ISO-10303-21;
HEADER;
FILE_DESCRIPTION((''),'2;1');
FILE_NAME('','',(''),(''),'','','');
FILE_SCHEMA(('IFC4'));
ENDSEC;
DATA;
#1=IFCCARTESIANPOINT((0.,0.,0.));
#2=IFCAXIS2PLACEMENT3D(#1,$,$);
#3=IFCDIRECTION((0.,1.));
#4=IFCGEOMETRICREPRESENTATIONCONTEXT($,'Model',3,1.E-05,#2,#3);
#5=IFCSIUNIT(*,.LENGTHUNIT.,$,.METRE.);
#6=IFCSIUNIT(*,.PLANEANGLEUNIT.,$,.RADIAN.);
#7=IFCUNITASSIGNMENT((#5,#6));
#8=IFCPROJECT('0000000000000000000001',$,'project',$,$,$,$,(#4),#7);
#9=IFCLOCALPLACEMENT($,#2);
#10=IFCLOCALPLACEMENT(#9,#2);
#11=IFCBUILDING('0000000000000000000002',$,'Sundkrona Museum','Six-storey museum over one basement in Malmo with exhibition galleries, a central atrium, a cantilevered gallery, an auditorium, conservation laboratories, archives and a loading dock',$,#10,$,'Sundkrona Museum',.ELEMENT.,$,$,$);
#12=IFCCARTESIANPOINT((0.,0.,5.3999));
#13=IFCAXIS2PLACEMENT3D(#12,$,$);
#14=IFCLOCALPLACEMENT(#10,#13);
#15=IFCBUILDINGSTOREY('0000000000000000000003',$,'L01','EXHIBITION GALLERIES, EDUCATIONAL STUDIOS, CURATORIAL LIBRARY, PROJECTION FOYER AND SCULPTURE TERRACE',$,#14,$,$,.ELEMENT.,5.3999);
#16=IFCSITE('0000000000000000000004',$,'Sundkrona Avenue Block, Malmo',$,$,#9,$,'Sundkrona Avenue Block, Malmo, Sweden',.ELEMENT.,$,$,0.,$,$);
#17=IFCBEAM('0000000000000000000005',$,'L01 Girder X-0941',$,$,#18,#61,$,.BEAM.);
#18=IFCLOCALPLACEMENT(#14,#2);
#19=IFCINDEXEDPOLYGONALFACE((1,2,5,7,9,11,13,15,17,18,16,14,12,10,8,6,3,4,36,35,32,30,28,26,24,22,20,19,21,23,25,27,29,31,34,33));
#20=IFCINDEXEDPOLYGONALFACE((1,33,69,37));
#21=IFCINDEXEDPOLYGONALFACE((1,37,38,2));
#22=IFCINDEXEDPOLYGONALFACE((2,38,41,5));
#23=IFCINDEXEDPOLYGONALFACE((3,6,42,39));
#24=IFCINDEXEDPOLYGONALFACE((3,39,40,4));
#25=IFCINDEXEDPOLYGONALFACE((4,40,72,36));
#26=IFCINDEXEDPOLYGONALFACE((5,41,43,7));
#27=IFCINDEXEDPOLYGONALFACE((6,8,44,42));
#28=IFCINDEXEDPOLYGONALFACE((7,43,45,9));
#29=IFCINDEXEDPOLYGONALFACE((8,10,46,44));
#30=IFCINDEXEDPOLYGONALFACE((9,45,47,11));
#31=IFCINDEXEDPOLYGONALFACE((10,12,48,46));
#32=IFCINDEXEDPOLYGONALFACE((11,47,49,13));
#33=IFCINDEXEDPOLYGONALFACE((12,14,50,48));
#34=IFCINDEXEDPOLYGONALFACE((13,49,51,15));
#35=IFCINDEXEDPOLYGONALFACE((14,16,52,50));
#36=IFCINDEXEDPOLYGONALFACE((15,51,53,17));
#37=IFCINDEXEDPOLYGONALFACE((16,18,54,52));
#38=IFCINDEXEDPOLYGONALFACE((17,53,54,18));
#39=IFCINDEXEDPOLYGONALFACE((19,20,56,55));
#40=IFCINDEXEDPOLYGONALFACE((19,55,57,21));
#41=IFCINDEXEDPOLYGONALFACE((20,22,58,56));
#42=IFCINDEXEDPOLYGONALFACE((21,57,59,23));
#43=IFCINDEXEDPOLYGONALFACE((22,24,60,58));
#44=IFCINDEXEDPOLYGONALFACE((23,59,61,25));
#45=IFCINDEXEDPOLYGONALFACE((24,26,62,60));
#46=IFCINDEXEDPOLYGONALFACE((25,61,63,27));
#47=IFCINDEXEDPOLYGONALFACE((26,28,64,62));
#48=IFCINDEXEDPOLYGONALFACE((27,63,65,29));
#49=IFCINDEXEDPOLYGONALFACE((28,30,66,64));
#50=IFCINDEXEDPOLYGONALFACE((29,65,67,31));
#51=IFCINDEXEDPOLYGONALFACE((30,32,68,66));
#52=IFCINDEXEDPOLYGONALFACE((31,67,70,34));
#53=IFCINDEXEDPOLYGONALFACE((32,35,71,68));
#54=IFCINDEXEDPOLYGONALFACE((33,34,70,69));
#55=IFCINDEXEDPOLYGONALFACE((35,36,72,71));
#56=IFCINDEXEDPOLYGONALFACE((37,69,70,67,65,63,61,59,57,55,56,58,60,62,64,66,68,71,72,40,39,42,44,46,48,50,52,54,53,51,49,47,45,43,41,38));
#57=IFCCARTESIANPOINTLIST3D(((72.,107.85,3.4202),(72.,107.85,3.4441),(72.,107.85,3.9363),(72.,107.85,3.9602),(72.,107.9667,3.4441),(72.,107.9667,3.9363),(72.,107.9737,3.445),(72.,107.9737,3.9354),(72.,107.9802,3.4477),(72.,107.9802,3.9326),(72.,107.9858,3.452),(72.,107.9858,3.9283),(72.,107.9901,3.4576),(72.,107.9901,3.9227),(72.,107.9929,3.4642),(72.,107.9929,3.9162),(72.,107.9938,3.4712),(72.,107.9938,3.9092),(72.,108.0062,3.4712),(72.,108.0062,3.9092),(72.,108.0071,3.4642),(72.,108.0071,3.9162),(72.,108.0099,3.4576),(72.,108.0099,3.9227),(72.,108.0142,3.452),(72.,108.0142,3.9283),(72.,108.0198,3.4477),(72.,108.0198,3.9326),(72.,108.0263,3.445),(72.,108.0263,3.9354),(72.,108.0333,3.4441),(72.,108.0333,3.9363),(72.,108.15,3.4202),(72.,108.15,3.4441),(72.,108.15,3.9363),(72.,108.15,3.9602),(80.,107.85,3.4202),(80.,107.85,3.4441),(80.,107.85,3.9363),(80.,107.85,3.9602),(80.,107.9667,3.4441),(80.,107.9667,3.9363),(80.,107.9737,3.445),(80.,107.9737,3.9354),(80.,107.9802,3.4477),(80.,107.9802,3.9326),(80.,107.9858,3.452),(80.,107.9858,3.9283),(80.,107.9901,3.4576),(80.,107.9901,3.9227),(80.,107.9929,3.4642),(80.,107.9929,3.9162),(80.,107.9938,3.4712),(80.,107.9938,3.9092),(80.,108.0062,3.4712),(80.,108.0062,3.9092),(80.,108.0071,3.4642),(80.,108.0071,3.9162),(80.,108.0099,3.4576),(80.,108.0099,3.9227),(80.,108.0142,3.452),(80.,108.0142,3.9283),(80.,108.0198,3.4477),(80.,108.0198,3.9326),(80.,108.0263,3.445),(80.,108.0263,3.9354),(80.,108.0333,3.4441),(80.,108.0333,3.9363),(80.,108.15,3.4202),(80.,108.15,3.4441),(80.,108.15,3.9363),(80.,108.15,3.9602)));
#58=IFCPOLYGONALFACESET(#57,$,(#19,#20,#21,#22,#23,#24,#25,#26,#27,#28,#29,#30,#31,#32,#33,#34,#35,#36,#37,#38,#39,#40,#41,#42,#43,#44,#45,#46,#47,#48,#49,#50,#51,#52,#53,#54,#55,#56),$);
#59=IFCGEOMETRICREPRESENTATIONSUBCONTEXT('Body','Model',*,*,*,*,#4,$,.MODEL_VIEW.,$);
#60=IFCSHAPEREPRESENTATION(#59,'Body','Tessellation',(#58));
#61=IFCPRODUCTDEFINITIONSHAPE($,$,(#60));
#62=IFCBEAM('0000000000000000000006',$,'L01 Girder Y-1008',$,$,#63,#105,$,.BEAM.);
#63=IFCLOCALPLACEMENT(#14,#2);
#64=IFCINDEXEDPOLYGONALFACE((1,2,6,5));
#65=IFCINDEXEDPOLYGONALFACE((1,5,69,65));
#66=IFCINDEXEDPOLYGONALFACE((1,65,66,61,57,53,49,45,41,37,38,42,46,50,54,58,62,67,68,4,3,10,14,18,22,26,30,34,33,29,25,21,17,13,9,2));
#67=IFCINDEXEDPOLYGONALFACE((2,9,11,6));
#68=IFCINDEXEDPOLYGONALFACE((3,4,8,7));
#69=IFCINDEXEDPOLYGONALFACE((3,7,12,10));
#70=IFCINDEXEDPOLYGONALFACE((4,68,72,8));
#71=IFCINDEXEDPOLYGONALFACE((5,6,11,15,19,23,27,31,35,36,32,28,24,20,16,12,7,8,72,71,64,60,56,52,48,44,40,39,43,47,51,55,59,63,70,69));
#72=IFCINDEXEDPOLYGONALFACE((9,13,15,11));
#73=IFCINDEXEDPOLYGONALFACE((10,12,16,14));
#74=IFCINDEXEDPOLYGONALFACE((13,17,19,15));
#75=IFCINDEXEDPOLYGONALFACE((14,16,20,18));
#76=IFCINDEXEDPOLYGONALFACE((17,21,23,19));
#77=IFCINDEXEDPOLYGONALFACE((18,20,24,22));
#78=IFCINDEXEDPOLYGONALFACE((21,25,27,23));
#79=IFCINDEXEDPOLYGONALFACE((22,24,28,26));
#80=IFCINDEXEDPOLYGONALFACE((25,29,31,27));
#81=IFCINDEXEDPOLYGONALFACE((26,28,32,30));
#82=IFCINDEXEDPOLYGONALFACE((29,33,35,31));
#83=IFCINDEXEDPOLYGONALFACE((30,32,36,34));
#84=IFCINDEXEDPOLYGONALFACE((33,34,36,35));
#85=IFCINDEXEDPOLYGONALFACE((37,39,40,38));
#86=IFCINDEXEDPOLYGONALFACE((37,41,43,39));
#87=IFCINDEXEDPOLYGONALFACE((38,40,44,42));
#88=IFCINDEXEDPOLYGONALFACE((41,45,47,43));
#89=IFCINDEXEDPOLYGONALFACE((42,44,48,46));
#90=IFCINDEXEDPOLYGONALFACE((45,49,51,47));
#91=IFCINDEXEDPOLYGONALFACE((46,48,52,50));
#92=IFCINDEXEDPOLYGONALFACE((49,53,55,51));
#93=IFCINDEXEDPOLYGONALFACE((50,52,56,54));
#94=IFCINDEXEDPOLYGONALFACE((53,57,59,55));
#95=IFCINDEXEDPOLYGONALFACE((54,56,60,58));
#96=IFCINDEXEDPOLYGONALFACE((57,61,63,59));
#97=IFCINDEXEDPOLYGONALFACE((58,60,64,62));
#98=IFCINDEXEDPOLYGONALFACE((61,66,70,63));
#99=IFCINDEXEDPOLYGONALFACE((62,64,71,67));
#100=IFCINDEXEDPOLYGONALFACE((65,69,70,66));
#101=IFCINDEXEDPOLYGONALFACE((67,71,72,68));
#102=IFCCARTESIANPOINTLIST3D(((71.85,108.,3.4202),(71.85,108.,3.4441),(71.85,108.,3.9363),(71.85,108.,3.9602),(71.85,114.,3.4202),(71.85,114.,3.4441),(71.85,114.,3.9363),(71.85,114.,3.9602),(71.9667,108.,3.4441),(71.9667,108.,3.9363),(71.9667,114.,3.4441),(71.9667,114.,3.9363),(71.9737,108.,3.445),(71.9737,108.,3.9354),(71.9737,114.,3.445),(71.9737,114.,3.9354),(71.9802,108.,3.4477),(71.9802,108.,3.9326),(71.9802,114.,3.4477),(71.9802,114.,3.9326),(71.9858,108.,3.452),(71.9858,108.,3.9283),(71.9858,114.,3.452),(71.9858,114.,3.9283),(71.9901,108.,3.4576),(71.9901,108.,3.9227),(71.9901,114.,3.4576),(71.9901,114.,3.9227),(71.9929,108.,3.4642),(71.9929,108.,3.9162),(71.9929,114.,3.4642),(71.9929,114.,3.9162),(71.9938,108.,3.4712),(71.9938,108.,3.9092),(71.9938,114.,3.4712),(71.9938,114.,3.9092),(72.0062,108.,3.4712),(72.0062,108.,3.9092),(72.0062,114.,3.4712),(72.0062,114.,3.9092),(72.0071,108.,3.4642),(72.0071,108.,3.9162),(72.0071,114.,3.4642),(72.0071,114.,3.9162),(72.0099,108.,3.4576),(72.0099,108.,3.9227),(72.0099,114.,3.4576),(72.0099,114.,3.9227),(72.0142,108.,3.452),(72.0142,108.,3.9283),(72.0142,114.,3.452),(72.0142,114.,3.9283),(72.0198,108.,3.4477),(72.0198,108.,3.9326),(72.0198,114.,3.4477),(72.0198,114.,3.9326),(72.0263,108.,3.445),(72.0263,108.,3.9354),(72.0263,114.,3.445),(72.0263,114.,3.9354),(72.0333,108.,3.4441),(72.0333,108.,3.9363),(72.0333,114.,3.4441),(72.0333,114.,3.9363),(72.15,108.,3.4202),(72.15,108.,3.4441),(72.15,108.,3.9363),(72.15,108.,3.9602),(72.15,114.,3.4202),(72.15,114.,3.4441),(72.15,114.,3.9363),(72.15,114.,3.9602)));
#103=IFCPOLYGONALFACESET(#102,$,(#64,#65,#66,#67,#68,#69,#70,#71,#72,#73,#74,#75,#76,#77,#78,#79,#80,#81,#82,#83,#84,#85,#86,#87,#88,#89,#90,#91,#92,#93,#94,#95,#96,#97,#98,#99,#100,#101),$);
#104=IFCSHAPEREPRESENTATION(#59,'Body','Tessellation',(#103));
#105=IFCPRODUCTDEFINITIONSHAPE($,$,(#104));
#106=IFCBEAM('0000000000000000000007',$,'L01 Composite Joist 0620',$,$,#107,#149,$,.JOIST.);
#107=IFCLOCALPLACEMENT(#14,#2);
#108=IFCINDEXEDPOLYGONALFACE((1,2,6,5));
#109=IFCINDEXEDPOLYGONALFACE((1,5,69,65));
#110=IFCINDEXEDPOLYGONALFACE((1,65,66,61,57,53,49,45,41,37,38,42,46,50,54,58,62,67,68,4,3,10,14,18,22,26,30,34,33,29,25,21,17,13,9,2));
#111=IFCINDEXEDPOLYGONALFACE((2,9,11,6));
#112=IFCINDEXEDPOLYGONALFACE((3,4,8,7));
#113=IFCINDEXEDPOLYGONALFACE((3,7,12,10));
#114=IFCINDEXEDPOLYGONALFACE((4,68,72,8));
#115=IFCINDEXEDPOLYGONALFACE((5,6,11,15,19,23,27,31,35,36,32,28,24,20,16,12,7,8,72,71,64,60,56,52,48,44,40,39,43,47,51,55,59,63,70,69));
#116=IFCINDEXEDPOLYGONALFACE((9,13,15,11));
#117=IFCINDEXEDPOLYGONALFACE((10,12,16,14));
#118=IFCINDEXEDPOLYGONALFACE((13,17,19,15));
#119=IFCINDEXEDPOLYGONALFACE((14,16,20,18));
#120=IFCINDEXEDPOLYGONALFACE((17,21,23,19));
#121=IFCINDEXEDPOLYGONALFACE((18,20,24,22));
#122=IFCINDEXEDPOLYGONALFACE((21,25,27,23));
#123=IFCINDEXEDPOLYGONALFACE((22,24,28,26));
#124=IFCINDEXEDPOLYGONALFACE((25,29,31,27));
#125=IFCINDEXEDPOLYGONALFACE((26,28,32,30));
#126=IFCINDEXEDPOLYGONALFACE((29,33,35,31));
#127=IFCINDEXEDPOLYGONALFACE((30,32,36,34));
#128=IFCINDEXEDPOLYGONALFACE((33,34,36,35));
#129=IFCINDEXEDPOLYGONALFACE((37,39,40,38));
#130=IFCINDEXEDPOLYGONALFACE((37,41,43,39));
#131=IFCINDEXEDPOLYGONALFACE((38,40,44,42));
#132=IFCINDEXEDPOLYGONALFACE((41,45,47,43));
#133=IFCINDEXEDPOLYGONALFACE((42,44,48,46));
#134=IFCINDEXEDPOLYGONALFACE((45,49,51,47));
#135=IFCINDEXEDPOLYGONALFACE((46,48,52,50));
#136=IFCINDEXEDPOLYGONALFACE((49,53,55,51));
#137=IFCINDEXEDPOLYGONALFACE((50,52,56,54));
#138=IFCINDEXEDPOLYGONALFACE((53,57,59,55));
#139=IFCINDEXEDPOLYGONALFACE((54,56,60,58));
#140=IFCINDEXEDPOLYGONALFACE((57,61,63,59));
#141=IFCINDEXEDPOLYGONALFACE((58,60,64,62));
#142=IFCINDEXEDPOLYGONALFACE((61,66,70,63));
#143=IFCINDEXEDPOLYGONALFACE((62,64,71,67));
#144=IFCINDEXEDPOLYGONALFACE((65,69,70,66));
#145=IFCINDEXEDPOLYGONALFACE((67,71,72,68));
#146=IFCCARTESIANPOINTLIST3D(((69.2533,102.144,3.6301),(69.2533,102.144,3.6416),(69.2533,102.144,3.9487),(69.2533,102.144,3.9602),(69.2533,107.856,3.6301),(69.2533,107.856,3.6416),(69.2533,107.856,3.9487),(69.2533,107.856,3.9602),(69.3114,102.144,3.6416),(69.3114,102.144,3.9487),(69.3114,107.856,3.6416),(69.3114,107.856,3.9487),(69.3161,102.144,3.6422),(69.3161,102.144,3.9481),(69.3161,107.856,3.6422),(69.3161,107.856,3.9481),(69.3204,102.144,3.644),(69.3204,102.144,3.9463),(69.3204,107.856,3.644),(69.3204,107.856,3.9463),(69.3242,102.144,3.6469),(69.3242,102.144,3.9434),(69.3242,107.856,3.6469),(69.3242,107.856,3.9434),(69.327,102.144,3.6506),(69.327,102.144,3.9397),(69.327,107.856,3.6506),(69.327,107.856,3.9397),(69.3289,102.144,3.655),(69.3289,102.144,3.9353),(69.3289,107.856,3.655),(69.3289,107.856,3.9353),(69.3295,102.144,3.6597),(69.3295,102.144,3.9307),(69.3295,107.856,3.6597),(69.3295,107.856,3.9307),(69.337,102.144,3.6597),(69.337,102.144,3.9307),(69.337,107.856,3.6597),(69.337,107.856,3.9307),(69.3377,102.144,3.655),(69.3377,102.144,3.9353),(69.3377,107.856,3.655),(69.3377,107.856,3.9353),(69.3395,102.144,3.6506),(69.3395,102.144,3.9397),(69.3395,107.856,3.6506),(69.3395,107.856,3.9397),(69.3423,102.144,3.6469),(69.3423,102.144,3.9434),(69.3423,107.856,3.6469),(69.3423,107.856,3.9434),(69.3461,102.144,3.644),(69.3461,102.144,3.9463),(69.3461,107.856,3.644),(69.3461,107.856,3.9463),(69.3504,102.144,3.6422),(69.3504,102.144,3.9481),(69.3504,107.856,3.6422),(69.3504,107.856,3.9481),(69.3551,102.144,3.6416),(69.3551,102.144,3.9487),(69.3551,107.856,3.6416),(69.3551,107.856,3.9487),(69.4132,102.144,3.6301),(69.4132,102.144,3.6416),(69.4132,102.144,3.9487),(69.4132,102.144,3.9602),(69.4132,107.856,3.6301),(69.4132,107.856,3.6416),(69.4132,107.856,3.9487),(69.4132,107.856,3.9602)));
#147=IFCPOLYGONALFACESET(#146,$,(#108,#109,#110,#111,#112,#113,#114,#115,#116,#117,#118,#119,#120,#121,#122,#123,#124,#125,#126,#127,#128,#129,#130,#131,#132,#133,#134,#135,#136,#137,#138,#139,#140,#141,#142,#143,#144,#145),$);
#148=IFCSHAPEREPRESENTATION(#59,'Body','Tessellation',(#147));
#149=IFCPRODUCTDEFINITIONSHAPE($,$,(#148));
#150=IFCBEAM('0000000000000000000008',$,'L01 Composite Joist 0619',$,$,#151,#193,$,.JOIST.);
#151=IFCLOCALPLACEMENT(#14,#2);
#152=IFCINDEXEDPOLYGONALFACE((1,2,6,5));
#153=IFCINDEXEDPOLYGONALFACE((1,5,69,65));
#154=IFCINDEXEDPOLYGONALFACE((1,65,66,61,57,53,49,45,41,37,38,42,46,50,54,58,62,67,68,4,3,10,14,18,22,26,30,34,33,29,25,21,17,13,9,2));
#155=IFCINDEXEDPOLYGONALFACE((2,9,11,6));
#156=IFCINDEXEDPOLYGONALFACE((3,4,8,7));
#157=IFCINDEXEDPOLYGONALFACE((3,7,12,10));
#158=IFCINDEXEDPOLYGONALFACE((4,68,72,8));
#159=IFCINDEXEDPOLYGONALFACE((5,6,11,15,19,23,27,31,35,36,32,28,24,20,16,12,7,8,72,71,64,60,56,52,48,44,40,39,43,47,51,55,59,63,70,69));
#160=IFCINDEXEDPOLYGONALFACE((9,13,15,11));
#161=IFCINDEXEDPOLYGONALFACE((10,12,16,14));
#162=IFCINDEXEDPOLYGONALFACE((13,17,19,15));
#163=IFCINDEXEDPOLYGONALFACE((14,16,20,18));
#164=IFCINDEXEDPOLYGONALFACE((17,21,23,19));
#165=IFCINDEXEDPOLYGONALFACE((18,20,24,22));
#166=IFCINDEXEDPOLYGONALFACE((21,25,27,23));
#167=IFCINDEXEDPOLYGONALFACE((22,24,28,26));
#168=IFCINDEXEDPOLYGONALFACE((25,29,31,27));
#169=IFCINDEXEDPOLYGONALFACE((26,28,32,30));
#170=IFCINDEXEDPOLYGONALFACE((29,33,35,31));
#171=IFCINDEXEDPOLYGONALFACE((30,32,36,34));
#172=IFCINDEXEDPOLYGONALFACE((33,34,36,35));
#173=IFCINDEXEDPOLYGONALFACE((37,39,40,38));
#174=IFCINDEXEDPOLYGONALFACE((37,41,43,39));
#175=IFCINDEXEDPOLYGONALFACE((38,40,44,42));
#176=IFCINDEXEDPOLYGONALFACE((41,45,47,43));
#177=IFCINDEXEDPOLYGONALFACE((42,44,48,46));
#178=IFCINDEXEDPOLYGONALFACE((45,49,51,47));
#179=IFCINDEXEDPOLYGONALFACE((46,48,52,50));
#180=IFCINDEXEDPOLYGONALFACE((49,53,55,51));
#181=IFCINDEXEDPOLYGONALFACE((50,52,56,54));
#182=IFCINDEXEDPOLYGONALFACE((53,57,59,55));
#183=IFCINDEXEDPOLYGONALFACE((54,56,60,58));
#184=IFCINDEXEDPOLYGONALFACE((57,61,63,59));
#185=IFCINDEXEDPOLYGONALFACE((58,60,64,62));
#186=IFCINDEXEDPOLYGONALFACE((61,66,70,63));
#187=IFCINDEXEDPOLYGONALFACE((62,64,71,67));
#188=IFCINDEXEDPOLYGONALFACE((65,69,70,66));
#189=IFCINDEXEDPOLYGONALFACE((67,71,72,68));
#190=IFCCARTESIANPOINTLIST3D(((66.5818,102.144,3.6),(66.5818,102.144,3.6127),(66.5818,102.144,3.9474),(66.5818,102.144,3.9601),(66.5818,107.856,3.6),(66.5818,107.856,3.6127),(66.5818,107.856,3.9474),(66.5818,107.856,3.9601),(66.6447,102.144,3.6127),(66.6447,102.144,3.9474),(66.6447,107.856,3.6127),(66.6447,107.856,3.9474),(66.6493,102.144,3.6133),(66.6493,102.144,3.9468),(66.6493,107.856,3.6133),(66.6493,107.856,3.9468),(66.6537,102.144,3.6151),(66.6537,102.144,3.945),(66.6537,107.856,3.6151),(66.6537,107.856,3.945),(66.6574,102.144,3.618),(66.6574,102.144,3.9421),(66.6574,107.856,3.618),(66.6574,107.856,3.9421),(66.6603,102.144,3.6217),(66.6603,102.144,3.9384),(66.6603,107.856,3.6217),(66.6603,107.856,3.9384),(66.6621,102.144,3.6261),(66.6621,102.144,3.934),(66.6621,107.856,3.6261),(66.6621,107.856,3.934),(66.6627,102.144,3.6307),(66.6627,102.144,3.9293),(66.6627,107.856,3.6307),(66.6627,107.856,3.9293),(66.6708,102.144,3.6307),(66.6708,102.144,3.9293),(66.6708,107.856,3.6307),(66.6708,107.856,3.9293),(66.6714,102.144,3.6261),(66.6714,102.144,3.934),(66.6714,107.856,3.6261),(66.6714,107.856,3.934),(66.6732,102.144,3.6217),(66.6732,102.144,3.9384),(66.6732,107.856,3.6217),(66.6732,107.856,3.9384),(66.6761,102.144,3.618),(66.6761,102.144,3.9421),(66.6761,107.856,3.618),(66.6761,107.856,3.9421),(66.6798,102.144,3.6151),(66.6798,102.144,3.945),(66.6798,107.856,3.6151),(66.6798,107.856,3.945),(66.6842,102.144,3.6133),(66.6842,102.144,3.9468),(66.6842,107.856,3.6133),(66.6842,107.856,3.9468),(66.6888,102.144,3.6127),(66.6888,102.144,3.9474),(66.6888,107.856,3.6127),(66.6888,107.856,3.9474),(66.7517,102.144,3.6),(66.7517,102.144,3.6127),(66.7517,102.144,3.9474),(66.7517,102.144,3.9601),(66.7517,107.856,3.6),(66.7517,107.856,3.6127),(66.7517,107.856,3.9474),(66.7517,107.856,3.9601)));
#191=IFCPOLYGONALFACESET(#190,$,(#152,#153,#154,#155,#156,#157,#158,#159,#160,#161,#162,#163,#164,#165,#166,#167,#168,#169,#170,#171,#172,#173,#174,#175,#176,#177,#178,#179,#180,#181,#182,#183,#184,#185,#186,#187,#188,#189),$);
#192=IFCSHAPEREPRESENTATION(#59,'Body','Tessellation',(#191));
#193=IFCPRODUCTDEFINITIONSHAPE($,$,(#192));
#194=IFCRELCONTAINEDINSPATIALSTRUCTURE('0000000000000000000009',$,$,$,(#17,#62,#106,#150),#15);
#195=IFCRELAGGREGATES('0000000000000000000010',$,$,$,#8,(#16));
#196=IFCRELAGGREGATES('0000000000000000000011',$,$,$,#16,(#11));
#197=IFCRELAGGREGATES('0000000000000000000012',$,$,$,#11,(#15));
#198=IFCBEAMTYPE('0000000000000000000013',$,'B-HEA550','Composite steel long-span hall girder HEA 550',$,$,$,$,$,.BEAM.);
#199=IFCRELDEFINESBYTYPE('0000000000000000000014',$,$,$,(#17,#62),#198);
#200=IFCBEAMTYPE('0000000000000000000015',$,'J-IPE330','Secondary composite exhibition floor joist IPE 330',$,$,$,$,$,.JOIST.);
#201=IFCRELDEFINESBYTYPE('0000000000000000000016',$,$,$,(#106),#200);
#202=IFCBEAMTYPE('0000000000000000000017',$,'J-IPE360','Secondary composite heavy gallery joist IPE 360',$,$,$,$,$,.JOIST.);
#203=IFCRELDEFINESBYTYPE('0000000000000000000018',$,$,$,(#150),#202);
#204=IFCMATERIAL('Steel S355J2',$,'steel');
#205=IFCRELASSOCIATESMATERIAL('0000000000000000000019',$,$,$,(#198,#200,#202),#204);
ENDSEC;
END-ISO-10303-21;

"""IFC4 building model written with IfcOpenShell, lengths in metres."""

from ifc_helpers import new_model, si_unit, direction, frame, origin, origin_2d, place, context, subcontext, project, spatial, i_section, extrude, material, material_profile, profile_set, type_object, element, save


model = new_model("IFC4")

# Units and contexts
model_context = context("Model", 3, precision=1e-05, world=origin(), true_north=direction((0.0, 1.0)))
body_context = subcontext(model_context, "Body", "Model", "MODEL_VIEW")
ifc_project = project(units=[si_unit("LENGTHUNIT", "METRE"), si_unit("PLANEANGLEUNIT", "RADIAN")], contexts=[model_context])

# Site, building, storey
site_placement = place(None, origin())
site = spatial("IfcSite", under=ifc_project, at=site_placement, Name="Sundkrona Avenue Block, Malmo", LongName="Sundkrona Avenue Block, Malmo, Sweden", CompositionType="ELEMENT", RefElevation=0.0)
building_placement = place(site_placement, origin())
building = spatial("IfcBuilding", under=site, at=building_placement, Name="Sundkrona Museum", Description="Six-storey museum over one basement in Malmo with exhibition galleries, a central atrium, a cantilevered gallery, an auditorium, conservation laboratories, archives and a loading dock", LongName="Sundkrona Museum", CompositionType="ELEMENT")
storey_placement = place(building_placement, frame((0.0, 0.0, 5.3999)))
storey = spatial("IfcBuildingStorey", under=building, at=storey_placement, Name="L01", Description="EXHIBITION GALLERIES, EDUCATIONAL STUDIOS, CURATORIAL LIBRARY, PROJECTION FOYER AND SCULPTURE TERRACE", CompositionType="ELEMENT", Elevation=5.3999)

# Shared definitions
ifc_material_1 = material(Name="Steel S355J2", Category="steel")

# Beams
ifc_material_profile_1 = material_profile(ifc_material_1, i_section(OverallWidth=0.3, OverallDepth=0.54, WebThickness=0.0125, FlangeThickness=0.0239, FilletRadius=0.0271, at=origin_2d()), Name="HEA 550")
ifc_profile_set_1 = profile_set([ifc_material_profile_1], Name="Steel S355J2")
beam_type_1 = type_object("IfcBeamType", Name="B-HEA550", Description="Composite steel long-span hall girder HEA 550", PredefinedType="BEAM", material=ifc_profile_set_1)
beam_1_placement = place(storey_placement, frame((72.0, 108.0, 3.6902), z_axis=(1.0, 0.0, 0.0), x_axis=(0.0, 1.0, 0.0)))
element("IfcBeam", 1, at=beam_1_placement, inside=storey, type_object=beam_type_1, Name="L01 Girder X-0941", PredefinedType="BEAM", context=body_context, shape_type="SweptSolid", body=[
    extrude(i_section(OverallWidth=0.3, OverallDepth=0.54, WebThickness=0.0125, FlangeThickness=0.0239, FilletRadius=0.0271, at=origin_2d()), origin(), (0.0, 0.0, 1.0), 8.0),
])
beam_2_placement = place(storey_placement, frame((72.0, 108.0, 3.6902), z_axis=(0.0, 1.0, 0.0), x_axis=(-1.0, 0.0, 0.0)))
element("IfcBeam", 2, at=beam_2_placement, inside=storey, type_object=beam_type_1, Name="L01 Girder Y-1008", PredefinedType="BEAM", context=body_context, shape_type="SweptSolid", body=[
    extrude(i_section(OverallWidth=0.3, OverallDepth=0.54, WebThickness=0.0125, FlangeThickness=0.0239, FilletRadius=0.0271, at=origin_2d()), origin(), (0.0, 0.0, 1.0), 6.0),
])
ifc_material_profile_2 = material_profile(ifc_material_1, i_section(OverallWidth=0.1599, OverallDepth=0.3301, WebThickness=0.0076, FlangeThickness=0.0115, FilletRadius=0.0181, at=origin_2d()), Name="IPE 330")
ifc_profile_set_2 = profile_set([ifc_material_profile_2], Name="Steel S355J2")
beam_type_2 = type_object("IfcBeamType", Name="J-IPE330", Description="Secondary composite exhibition floor joist IPE 330", PredefinedType="JOIST", material=ifc_profile_set_2)
beam_3_placement = place(storey_placement, frame((69.3333, 102.144, 3.7952), z_axis=(0.0, 1.0, 0.0), x_axis=(-1.0, 0.0, 0.0)))
element("IfcBeam", 3, at=beam_3_placement, inside=storey, type_object=beam_type_2, Name="L01 Composite Joist 0620", PredefinedType="JOIST", context=body_context, shape_type="SweptSolid", body=[
    extrude(i_section(OverallWidth=0.1599, OverallDepth=0.3301, WebThickness=0.0076, FlangeThickness=0.0115, FilletRadius=0.0181, at=origin_2d()), origin(), (0.0, 0.0, 1.0), 5.7119),
])
ifc_material_profile_3 = material_profile(ifc_material_1, i_section(OverallWidth=0.1699, OverallDepth=0.3601, WebThickness=0.0081, FlangeThickness=0.0127, FilletRadius=0.0181, at=origin_2d()), Name="IPE 360")
ifc_profile_set_3 = profile_set([ifc_material_profile_3], Name="Steel S355J2")
beam_type_3 = type_object("IfcBeamType", Name="J-IPE360", Description="Secondary composite heavy gallery joist IPE 360", PredefinedType="JOIST", material=ifc_profile_set_3)
beam_4_placement = place(storey_placement, frame((66.6667, 102.144, 3.78), z_axis=(0.0, 1.0, 0.0), x_axis=(-1.0, 0.0, 0.0)))
element("IfcBeam", 4, at=beam_4_placement, inside=storey, type_object=beam_type_3, Name="L01 Composite Joist 0619", PredefinedType="JOIST", context=body_context, shape_type="SweptSolid", body=[
    extrude(i_section(OverallWidth=0.1699, OverallDepth=0.3601, WebThickness=0.0081, FlangeThickness=0.0127, FilletRadius=0.0181, at=origin_2d()), origin(), (0.0, 0.0, 1.0), 5.7119),
])

save(model, "model.ifc")
